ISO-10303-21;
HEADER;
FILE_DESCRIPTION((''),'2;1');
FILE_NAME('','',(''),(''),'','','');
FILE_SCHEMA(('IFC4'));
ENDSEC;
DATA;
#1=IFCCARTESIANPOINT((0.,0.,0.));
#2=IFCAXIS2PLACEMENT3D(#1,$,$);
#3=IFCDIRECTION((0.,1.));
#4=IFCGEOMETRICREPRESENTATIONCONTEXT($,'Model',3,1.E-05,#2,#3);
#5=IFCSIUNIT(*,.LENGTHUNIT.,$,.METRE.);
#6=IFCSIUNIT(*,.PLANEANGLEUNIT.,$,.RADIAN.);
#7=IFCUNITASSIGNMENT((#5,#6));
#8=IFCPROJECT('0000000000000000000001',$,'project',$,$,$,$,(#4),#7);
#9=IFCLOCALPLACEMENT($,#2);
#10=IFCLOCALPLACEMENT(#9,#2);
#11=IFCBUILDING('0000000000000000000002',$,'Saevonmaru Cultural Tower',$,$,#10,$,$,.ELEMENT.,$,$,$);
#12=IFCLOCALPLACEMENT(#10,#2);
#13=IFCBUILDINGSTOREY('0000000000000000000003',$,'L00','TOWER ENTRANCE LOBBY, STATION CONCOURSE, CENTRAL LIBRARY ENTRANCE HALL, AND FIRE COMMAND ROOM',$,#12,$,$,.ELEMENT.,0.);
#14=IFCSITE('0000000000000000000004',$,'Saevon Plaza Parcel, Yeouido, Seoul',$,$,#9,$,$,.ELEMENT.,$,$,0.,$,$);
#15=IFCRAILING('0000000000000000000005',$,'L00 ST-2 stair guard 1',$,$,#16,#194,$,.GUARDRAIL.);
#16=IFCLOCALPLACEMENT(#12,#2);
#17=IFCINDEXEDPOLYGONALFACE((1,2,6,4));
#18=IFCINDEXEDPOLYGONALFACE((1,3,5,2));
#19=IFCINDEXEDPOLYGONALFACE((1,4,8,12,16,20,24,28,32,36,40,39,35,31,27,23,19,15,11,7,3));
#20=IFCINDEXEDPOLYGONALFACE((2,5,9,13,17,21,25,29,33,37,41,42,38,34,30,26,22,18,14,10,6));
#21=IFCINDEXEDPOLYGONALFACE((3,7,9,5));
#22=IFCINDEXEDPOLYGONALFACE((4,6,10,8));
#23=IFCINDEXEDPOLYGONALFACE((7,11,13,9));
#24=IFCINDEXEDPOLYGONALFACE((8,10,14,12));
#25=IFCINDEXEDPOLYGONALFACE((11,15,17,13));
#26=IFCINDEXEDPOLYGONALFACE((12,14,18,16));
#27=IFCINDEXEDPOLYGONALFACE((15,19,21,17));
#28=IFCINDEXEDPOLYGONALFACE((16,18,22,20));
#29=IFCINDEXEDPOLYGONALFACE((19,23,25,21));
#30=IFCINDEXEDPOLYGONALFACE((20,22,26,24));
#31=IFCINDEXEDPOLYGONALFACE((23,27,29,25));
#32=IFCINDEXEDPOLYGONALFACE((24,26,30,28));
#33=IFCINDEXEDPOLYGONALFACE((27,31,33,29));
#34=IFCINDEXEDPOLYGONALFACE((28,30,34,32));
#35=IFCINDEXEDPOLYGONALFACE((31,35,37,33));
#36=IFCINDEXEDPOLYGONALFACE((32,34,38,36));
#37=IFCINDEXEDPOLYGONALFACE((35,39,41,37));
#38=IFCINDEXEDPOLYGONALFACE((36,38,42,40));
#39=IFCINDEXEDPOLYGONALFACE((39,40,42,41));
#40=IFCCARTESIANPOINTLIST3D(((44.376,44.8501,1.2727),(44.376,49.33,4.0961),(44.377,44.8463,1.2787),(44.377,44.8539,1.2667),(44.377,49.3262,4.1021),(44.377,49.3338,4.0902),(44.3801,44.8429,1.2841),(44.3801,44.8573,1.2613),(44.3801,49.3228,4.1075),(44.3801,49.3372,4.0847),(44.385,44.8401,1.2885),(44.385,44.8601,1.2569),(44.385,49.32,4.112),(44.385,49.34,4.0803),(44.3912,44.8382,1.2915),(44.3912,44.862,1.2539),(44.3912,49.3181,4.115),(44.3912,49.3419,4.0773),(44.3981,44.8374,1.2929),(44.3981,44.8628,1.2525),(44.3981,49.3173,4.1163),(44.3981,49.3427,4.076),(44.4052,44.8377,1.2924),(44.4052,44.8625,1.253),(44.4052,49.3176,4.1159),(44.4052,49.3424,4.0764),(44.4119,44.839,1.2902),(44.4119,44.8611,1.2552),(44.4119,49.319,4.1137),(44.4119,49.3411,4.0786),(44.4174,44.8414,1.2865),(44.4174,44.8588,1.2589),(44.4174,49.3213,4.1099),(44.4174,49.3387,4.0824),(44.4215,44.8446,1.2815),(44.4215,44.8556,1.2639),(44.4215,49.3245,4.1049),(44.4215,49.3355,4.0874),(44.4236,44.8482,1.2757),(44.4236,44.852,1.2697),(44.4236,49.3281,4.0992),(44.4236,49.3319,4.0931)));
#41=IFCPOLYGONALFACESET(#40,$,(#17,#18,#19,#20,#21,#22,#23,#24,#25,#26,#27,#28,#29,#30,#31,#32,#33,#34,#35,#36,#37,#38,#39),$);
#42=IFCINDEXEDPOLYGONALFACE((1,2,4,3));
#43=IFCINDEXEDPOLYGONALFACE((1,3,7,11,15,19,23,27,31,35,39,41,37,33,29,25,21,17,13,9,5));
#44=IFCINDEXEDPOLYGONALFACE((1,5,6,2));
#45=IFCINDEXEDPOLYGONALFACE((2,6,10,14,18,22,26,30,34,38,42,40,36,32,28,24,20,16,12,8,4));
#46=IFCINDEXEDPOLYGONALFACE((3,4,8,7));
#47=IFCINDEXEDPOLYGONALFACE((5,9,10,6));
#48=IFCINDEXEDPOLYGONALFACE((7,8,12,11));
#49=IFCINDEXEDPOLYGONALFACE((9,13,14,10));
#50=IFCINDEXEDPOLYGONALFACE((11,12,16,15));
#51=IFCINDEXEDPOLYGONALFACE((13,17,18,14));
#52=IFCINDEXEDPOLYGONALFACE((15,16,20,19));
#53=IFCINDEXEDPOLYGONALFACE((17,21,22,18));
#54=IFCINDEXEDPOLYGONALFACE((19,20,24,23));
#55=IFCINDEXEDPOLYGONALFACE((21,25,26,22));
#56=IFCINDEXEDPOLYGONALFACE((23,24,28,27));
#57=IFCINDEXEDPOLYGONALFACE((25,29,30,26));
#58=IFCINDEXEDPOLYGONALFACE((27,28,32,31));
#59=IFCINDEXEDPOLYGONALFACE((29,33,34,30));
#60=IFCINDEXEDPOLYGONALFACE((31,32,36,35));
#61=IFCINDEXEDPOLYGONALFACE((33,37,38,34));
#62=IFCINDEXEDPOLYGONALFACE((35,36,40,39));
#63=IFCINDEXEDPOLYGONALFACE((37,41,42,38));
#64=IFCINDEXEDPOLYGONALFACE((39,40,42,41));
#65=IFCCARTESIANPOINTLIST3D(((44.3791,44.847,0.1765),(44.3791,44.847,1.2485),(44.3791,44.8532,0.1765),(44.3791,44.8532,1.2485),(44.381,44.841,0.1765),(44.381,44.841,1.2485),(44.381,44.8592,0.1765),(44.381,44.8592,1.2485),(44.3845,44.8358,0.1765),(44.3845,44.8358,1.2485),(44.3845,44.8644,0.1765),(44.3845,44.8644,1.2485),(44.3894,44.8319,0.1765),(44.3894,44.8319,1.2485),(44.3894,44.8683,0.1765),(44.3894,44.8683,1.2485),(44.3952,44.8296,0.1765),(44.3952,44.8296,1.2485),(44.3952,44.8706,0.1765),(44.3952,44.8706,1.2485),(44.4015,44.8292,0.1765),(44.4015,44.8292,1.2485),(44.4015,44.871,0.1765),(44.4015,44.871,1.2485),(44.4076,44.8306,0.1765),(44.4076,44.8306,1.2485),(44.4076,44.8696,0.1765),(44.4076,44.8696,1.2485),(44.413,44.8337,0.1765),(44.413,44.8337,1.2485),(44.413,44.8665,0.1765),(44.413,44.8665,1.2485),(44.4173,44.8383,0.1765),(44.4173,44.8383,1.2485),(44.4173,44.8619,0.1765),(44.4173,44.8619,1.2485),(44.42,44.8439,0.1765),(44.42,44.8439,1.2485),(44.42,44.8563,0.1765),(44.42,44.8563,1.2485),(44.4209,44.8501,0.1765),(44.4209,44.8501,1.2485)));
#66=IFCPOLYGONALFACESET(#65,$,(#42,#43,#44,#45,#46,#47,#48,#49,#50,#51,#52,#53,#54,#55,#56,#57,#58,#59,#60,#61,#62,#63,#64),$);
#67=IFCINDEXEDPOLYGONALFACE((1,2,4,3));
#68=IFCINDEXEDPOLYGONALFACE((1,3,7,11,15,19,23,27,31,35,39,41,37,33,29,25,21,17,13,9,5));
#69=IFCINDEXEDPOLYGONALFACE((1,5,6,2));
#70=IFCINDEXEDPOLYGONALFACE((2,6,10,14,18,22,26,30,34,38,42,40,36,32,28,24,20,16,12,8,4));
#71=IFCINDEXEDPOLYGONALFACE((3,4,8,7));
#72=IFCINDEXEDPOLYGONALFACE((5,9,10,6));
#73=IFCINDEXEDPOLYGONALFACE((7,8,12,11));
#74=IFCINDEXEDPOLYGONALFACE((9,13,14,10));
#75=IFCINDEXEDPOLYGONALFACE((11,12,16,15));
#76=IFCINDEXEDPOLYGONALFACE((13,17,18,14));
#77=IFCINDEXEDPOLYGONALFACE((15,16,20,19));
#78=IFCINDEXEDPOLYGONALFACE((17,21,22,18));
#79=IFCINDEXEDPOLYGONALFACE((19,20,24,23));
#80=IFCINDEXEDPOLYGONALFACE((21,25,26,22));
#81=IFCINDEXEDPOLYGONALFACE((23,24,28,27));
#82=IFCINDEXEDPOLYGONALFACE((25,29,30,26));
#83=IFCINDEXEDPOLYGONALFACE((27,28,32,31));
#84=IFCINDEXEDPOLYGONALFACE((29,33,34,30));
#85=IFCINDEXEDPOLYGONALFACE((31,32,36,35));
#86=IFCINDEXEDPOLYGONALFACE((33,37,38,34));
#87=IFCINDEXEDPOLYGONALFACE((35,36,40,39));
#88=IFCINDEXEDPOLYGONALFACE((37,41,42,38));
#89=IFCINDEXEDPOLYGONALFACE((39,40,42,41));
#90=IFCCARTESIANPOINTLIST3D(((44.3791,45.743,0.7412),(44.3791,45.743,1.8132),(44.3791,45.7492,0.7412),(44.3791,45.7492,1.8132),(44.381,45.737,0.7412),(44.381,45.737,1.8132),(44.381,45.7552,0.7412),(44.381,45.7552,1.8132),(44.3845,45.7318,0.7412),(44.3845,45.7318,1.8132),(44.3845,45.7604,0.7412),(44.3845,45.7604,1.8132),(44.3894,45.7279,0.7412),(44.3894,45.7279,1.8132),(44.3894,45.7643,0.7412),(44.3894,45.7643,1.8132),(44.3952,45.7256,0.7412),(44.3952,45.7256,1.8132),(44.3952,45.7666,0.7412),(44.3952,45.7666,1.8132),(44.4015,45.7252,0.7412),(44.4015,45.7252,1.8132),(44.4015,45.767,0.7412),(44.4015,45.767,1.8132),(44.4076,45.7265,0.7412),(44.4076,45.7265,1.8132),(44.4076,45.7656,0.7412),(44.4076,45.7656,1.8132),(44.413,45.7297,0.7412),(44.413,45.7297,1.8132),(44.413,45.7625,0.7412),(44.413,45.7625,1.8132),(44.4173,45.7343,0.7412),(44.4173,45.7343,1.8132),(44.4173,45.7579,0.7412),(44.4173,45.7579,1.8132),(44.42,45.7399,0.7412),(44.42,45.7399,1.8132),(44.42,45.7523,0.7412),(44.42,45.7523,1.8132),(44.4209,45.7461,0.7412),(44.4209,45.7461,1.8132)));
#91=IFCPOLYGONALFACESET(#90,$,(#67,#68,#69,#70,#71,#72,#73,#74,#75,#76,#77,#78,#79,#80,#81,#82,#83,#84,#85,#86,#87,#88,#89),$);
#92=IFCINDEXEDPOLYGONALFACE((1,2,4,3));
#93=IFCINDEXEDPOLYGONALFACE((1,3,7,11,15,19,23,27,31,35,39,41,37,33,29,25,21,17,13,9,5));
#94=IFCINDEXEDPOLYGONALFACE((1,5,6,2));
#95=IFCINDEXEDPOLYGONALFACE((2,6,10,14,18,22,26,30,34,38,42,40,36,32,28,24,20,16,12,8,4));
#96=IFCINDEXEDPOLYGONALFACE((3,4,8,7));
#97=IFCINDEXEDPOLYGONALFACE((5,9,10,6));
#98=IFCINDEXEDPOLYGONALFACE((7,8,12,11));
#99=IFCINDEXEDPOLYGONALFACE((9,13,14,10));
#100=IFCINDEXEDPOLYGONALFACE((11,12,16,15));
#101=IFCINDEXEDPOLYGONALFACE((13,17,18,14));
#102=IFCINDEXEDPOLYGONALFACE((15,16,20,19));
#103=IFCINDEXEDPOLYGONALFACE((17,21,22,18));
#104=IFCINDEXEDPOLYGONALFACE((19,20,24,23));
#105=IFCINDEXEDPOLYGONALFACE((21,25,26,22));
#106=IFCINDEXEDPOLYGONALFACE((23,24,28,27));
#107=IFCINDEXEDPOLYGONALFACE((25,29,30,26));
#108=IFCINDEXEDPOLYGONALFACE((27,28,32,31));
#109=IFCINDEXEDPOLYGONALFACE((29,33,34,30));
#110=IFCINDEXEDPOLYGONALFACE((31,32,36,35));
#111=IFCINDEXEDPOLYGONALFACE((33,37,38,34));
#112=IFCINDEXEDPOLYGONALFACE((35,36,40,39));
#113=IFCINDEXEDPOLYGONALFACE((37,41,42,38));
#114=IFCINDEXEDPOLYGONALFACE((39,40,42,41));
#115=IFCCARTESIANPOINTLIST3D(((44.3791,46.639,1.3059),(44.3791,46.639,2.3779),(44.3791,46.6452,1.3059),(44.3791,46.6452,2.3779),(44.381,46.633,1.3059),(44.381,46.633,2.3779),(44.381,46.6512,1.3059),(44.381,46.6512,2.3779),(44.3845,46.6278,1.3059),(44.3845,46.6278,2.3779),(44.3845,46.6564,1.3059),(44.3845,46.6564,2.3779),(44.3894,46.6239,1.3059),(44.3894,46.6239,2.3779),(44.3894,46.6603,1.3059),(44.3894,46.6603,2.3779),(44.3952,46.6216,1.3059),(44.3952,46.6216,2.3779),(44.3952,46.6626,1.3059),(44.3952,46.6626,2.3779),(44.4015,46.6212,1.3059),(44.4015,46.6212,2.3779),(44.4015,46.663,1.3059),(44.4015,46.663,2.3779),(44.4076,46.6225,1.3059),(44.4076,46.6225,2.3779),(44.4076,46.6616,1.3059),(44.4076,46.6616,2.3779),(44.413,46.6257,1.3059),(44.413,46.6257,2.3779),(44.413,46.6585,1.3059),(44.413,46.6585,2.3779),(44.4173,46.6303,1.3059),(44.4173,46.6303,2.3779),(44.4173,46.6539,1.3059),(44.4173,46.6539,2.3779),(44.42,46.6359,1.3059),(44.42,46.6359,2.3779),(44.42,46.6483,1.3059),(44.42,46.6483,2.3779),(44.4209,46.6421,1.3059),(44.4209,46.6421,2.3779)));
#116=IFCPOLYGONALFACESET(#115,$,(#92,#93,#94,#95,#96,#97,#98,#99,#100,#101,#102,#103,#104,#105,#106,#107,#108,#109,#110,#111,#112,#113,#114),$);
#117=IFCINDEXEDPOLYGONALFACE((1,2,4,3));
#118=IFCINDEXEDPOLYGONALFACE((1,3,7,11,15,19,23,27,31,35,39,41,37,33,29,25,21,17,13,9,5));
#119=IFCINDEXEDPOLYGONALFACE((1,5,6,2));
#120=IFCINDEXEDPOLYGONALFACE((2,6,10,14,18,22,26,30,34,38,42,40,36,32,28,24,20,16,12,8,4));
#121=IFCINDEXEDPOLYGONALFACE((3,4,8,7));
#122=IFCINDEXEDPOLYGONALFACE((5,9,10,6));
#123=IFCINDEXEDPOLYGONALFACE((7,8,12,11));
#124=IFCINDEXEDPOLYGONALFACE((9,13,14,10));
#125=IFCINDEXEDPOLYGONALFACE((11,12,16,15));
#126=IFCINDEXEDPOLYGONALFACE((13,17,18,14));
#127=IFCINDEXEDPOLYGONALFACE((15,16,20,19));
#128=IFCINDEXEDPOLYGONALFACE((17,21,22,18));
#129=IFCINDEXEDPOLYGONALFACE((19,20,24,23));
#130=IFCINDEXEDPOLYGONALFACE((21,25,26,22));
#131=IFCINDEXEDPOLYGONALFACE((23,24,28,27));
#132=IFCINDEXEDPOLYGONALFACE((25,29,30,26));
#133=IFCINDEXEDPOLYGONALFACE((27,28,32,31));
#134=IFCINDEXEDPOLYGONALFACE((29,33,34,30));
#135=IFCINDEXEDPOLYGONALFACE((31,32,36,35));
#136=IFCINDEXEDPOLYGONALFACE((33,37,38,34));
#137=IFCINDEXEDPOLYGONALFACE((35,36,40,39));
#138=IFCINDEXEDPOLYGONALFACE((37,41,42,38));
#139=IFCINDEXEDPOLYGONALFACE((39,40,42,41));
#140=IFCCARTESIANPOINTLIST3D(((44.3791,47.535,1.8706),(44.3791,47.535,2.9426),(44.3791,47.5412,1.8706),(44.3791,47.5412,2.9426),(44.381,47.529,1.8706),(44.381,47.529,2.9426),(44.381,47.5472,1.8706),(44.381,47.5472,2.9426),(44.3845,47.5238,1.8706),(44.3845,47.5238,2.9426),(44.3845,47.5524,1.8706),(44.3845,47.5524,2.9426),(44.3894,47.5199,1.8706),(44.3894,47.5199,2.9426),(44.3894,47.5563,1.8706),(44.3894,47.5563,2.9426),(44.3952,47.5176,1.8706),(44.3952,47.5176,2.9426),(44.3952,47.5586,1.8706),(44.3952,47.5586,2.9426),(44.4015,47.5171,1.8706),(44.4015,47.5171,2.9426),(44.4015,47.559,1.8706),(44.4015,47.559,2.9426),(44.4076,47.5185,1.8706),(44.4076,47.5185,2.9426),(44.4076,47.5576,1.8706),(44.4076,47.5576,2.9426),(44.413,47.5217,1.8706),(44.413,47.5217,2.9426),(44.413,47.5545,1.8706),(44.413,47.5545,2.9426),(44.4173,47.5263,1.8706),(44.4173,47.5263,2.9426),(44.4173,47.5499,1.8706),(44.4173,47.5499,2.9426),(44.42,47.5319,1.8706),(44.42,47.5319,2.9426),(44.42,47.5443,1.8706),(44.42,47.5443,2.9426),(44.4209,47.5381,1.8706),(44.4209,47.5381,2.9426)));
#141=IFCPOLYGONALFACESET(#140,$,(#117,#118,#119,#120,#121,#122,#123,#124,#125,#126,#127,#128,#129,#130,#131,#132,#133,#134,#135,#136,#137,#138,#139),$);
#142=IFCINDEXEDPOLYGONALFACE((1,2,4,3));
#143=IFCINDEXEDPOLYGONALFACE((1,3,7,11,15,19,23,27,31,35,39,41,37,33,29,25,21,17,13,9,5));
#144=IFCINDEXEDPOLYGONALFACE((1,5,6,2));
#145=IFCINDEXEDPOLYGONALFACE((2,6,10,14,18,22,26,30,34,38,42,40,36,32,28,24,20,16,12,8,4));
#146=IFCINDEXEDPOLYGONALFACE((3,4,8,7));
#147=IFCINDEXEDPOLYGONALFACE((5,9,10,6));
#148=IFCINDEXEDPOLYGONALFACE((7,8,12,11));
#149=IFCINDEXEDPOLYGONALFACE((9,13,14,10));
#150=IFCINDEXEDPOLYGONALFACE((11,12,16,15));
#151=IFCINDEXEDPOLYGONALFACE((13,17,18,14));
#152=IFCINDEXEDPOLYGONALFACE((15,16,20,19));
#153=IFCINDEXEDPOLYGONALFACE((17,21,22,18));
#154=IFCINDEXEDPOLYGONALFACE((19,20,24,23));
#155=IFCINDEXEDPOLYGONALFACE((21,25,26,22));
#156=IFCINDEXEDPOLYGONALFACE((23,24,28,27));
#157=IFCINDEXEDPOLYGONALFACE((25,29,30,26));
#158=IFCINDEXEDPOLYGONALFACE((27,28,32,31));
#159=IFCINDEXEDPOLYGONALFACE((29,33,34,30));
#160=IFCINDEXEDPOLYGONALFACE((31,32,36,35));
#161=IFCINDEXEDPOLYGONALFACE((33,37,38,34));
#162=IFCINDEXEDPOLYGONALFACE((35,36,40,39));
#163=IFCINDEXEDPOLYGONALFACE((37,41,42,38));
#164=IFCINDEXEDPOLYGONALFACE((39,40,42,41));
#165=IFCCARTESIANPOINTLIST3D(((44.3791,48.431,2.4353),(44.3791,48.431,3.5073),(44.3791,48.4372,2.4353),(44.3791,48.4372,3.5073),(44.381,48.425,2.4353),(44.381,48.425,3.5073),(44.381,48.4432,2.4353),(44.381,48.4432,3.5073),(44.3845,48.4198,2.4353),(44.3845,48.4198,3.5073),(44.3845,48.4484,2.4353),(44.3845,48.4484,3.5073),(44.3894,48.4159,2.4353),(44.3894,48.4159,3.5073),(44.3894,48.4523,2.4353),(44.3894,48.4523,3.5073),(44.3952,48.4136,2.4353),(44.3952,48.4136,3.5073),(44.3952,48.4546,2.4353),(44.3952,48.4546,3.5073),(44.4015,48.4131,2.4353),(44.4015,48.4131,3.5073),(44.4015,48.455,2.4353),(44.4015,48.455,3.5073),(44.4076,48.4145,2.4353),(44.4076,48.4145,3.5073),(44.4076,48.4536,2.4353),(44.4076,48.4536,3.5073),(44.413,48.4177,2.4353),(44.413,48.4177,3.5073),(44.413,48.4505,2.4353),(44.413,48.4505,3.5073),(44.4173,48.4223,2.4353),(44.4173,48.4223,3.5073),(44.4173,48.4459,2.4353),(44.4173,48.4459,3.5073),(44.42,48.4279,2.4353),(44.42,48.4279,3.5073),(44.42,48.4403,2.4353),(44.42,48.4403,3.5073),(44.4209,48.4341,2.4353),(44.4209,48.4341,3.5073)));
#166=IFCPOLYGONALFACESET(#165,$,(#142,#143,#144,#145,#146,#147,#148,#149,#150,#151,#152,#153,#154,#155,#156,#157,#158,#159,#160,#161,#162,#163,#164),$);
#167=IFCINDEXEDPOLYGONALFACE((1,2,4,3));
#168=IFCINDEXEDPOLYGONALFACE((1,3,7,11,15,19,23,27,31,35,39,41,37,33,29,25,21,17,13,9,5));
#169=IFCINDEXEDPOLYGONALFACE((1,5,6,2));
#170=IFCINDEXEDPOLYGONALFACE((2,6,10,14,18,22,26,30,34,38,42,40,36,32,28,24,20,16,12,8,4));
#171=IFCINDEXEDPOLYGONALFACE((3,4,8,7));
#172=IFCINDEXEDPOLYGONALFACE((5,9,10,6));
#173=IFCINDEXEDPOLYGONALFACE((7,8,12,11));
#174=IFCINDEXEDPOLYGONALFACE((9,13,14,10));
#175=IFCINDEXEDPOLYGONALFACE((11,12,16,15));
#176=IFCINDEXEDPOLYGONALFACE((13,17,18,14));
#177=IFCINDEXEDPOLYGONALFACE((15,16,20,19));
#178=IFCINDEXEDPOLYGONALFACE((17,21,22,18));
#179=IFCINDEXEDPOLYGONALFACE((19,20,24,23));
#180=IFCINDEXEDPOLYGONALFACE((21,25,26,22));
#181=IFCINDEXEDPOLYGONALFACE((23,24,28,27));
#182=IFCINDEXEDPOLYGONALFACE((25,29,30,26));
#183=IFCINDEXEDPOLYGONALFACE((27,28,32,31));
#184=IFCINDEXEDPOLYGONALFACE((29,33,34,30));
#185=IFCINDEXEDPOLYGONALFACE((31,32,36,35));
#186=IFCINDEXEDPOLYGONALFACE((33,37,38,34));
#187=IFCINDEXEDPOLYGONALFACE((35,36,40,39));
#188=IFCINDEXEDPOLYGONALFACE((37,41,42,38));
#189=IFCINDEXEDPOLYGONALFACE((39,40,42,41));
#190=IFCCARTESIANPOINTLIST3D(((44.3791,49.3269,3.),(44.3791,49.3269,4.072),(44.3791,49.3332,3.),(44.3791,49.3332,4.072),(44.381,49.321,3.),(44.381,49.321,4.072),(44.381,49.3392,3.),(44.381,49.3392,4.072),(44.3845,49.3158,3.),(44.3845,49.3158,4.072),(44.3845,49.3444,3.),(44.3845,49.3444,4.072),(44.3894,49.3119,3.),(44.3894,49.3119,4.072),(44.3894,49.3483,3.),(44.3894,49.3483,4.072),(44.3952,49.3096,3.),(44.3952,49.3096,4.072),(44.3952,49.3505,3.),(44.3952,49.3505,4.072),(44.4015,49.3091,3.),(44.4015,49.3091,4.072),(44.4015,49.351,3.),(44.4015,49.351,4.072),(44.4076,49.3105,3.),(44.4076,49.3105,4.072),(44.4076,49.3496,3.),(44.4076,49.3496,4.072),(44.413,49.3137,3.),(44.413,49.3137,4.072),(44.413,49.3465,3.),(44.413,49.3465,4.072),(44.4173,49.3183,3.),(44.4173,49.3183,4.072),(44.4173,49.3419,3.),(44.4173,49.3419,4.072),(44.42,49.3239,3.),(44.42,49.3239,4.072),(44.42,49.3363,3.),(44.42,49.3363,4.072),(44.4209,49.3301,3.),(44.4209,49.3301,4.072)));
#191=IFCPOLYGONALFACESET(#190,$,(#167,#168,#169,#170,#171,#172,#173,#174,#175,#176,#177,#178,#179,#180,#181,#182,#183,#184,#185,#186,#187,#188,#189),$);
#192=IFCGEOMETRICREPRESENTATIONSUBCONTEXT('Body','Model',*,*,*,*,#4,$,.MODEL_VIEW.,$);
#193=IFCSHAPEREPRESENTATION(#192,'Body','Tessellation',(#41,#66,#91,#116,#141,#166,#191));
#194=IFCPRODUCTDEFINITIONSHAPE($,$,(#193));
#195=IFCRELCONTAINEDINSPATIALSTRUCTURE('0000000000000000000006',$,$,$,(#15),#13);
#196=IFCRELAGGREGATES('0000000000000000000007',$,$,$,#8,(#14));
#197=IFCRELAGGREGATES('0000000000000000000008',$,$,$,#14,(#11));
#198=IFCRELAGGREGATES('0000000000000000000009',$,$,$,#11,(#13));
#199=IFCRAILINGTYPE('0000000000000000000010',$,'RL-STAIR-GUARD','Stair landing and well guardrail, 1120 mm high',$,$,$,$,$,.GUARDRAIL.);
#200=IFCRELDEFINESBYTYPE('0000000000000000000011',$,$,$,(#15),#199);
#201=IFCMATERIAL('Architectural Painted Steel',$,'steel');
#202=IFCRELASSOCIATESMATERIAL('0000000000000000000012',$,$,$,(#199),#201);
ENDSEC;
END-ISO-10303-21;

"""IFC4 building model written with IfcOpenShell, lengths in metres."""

from ifc_helpers import new_model, si_unit, direction, frame, origin, origin_2d, place, context, subcontext, project, spatial, circle, extrude, material, type_object, element, save


model = new_model("IFC4")

# Units and contexts
model_context = context("Model", 3, precision=1e-05, world=origin(), true_north=direction((0.0, 1.0)))
body_context = subcontext(model_context, "Body", "Model", "MODEL_VIEW")
ifc_project = project(units=[si_unit("LENGTHUNIT", "METRE"), si_unit("PLANEANGLEUNIT", "RADIAN")], contexts=[model_context])

# Site, building, storey
site_placement = place(None, origin())
site = spatial("IfcSite", under=ifc_project, at=site_placement, Name="Saevon Plaza Parcel, Yeouido, Seoul", CompositionType="ELEMENT", RefElevation=0.0)
building_placement = place(site_placement, origin())
building = spatial("IfcBuilding", under=site, at=building_placement, Name="Saevonmaru Cultural Tower", CompositionType="ELEMENT")
storey_placement = place(building_placement, origin())
storey = spatial("IfcBuildingStorey", under=building, at=storey_placement, Name="L00", Description="TOWER ENTRANCE LOBBY, STATION CONCOURSE, CENTRAL LIBRARY ENTRANCE HALL, AND FIRE COMMAND ROOM", CompositionType="ELEMENT", Elevation=0.0)

# Railing
ifc_material_1 = material(Name="Architectural Painted Steel", Category="steel")
railing_type_1 = type_object("IfcRailingType", Name="RL-STAIR-GUARD", Description="Stair landing and well guardrail, 1120 mm high", PredefinedType="GUARDRAIL", material=ifc_material_1)
railing_1_placement = place(storey_placement, frame((44.3999, 44.8501, 0.1765)))
element("IfcRailing", 1, at=railing_1_placement, inside=storey, type_object=railing_type_1, Name="L00 ST-2 stair guard 1", PredefinedType="GUARDRAIL", context=body_context, shape_type="SweptSolid", body=[
    extrude(circle(Radius=0.0239, at=origin_2d()), frame((0.0, 0.0, 1.0962), z_axis=(0.0, 0.845998, 0.533186), x_axis=(-1.0, 0.0, 0.0)), (0.0, 0.0, 1.0), 5.2954),
    extrude(circle(Radius=0.021, at=origin_2d()), origin(), (0.0, 0.0, 1.0), 1.072),
    extrude(circle(Radius=0.021, at=origin_2d()), frame((0.0, 0.896, 0.5647)), (0.0, 0.0, 1.0), 1.072),
    extrude(circle(Radius=0.021, at=origin_2d()), frame((0.0, 1.792, 1.1294)), (0.0, 0.0, 1.0), 1.072),
    extrude(circle(Radius=0.021, at=origin_2d()), frame((0.0, 2.688, 1.6941)), (0.0, 0.0, 1.0), 1.072),
    extrude(circle(Radius=0.021, at=origin_2d()), frame((0.0, 3.584, 2.2588)), (0.0, 0.0, 1.0), 1.072),
    extrude(circle(Radius=0.021, at=origin_2d()), frame((0.0, 4.48, 2.8235)), (0.0, 0.0, 1.0), 1.072),
])

save(model, "model.ifc")
